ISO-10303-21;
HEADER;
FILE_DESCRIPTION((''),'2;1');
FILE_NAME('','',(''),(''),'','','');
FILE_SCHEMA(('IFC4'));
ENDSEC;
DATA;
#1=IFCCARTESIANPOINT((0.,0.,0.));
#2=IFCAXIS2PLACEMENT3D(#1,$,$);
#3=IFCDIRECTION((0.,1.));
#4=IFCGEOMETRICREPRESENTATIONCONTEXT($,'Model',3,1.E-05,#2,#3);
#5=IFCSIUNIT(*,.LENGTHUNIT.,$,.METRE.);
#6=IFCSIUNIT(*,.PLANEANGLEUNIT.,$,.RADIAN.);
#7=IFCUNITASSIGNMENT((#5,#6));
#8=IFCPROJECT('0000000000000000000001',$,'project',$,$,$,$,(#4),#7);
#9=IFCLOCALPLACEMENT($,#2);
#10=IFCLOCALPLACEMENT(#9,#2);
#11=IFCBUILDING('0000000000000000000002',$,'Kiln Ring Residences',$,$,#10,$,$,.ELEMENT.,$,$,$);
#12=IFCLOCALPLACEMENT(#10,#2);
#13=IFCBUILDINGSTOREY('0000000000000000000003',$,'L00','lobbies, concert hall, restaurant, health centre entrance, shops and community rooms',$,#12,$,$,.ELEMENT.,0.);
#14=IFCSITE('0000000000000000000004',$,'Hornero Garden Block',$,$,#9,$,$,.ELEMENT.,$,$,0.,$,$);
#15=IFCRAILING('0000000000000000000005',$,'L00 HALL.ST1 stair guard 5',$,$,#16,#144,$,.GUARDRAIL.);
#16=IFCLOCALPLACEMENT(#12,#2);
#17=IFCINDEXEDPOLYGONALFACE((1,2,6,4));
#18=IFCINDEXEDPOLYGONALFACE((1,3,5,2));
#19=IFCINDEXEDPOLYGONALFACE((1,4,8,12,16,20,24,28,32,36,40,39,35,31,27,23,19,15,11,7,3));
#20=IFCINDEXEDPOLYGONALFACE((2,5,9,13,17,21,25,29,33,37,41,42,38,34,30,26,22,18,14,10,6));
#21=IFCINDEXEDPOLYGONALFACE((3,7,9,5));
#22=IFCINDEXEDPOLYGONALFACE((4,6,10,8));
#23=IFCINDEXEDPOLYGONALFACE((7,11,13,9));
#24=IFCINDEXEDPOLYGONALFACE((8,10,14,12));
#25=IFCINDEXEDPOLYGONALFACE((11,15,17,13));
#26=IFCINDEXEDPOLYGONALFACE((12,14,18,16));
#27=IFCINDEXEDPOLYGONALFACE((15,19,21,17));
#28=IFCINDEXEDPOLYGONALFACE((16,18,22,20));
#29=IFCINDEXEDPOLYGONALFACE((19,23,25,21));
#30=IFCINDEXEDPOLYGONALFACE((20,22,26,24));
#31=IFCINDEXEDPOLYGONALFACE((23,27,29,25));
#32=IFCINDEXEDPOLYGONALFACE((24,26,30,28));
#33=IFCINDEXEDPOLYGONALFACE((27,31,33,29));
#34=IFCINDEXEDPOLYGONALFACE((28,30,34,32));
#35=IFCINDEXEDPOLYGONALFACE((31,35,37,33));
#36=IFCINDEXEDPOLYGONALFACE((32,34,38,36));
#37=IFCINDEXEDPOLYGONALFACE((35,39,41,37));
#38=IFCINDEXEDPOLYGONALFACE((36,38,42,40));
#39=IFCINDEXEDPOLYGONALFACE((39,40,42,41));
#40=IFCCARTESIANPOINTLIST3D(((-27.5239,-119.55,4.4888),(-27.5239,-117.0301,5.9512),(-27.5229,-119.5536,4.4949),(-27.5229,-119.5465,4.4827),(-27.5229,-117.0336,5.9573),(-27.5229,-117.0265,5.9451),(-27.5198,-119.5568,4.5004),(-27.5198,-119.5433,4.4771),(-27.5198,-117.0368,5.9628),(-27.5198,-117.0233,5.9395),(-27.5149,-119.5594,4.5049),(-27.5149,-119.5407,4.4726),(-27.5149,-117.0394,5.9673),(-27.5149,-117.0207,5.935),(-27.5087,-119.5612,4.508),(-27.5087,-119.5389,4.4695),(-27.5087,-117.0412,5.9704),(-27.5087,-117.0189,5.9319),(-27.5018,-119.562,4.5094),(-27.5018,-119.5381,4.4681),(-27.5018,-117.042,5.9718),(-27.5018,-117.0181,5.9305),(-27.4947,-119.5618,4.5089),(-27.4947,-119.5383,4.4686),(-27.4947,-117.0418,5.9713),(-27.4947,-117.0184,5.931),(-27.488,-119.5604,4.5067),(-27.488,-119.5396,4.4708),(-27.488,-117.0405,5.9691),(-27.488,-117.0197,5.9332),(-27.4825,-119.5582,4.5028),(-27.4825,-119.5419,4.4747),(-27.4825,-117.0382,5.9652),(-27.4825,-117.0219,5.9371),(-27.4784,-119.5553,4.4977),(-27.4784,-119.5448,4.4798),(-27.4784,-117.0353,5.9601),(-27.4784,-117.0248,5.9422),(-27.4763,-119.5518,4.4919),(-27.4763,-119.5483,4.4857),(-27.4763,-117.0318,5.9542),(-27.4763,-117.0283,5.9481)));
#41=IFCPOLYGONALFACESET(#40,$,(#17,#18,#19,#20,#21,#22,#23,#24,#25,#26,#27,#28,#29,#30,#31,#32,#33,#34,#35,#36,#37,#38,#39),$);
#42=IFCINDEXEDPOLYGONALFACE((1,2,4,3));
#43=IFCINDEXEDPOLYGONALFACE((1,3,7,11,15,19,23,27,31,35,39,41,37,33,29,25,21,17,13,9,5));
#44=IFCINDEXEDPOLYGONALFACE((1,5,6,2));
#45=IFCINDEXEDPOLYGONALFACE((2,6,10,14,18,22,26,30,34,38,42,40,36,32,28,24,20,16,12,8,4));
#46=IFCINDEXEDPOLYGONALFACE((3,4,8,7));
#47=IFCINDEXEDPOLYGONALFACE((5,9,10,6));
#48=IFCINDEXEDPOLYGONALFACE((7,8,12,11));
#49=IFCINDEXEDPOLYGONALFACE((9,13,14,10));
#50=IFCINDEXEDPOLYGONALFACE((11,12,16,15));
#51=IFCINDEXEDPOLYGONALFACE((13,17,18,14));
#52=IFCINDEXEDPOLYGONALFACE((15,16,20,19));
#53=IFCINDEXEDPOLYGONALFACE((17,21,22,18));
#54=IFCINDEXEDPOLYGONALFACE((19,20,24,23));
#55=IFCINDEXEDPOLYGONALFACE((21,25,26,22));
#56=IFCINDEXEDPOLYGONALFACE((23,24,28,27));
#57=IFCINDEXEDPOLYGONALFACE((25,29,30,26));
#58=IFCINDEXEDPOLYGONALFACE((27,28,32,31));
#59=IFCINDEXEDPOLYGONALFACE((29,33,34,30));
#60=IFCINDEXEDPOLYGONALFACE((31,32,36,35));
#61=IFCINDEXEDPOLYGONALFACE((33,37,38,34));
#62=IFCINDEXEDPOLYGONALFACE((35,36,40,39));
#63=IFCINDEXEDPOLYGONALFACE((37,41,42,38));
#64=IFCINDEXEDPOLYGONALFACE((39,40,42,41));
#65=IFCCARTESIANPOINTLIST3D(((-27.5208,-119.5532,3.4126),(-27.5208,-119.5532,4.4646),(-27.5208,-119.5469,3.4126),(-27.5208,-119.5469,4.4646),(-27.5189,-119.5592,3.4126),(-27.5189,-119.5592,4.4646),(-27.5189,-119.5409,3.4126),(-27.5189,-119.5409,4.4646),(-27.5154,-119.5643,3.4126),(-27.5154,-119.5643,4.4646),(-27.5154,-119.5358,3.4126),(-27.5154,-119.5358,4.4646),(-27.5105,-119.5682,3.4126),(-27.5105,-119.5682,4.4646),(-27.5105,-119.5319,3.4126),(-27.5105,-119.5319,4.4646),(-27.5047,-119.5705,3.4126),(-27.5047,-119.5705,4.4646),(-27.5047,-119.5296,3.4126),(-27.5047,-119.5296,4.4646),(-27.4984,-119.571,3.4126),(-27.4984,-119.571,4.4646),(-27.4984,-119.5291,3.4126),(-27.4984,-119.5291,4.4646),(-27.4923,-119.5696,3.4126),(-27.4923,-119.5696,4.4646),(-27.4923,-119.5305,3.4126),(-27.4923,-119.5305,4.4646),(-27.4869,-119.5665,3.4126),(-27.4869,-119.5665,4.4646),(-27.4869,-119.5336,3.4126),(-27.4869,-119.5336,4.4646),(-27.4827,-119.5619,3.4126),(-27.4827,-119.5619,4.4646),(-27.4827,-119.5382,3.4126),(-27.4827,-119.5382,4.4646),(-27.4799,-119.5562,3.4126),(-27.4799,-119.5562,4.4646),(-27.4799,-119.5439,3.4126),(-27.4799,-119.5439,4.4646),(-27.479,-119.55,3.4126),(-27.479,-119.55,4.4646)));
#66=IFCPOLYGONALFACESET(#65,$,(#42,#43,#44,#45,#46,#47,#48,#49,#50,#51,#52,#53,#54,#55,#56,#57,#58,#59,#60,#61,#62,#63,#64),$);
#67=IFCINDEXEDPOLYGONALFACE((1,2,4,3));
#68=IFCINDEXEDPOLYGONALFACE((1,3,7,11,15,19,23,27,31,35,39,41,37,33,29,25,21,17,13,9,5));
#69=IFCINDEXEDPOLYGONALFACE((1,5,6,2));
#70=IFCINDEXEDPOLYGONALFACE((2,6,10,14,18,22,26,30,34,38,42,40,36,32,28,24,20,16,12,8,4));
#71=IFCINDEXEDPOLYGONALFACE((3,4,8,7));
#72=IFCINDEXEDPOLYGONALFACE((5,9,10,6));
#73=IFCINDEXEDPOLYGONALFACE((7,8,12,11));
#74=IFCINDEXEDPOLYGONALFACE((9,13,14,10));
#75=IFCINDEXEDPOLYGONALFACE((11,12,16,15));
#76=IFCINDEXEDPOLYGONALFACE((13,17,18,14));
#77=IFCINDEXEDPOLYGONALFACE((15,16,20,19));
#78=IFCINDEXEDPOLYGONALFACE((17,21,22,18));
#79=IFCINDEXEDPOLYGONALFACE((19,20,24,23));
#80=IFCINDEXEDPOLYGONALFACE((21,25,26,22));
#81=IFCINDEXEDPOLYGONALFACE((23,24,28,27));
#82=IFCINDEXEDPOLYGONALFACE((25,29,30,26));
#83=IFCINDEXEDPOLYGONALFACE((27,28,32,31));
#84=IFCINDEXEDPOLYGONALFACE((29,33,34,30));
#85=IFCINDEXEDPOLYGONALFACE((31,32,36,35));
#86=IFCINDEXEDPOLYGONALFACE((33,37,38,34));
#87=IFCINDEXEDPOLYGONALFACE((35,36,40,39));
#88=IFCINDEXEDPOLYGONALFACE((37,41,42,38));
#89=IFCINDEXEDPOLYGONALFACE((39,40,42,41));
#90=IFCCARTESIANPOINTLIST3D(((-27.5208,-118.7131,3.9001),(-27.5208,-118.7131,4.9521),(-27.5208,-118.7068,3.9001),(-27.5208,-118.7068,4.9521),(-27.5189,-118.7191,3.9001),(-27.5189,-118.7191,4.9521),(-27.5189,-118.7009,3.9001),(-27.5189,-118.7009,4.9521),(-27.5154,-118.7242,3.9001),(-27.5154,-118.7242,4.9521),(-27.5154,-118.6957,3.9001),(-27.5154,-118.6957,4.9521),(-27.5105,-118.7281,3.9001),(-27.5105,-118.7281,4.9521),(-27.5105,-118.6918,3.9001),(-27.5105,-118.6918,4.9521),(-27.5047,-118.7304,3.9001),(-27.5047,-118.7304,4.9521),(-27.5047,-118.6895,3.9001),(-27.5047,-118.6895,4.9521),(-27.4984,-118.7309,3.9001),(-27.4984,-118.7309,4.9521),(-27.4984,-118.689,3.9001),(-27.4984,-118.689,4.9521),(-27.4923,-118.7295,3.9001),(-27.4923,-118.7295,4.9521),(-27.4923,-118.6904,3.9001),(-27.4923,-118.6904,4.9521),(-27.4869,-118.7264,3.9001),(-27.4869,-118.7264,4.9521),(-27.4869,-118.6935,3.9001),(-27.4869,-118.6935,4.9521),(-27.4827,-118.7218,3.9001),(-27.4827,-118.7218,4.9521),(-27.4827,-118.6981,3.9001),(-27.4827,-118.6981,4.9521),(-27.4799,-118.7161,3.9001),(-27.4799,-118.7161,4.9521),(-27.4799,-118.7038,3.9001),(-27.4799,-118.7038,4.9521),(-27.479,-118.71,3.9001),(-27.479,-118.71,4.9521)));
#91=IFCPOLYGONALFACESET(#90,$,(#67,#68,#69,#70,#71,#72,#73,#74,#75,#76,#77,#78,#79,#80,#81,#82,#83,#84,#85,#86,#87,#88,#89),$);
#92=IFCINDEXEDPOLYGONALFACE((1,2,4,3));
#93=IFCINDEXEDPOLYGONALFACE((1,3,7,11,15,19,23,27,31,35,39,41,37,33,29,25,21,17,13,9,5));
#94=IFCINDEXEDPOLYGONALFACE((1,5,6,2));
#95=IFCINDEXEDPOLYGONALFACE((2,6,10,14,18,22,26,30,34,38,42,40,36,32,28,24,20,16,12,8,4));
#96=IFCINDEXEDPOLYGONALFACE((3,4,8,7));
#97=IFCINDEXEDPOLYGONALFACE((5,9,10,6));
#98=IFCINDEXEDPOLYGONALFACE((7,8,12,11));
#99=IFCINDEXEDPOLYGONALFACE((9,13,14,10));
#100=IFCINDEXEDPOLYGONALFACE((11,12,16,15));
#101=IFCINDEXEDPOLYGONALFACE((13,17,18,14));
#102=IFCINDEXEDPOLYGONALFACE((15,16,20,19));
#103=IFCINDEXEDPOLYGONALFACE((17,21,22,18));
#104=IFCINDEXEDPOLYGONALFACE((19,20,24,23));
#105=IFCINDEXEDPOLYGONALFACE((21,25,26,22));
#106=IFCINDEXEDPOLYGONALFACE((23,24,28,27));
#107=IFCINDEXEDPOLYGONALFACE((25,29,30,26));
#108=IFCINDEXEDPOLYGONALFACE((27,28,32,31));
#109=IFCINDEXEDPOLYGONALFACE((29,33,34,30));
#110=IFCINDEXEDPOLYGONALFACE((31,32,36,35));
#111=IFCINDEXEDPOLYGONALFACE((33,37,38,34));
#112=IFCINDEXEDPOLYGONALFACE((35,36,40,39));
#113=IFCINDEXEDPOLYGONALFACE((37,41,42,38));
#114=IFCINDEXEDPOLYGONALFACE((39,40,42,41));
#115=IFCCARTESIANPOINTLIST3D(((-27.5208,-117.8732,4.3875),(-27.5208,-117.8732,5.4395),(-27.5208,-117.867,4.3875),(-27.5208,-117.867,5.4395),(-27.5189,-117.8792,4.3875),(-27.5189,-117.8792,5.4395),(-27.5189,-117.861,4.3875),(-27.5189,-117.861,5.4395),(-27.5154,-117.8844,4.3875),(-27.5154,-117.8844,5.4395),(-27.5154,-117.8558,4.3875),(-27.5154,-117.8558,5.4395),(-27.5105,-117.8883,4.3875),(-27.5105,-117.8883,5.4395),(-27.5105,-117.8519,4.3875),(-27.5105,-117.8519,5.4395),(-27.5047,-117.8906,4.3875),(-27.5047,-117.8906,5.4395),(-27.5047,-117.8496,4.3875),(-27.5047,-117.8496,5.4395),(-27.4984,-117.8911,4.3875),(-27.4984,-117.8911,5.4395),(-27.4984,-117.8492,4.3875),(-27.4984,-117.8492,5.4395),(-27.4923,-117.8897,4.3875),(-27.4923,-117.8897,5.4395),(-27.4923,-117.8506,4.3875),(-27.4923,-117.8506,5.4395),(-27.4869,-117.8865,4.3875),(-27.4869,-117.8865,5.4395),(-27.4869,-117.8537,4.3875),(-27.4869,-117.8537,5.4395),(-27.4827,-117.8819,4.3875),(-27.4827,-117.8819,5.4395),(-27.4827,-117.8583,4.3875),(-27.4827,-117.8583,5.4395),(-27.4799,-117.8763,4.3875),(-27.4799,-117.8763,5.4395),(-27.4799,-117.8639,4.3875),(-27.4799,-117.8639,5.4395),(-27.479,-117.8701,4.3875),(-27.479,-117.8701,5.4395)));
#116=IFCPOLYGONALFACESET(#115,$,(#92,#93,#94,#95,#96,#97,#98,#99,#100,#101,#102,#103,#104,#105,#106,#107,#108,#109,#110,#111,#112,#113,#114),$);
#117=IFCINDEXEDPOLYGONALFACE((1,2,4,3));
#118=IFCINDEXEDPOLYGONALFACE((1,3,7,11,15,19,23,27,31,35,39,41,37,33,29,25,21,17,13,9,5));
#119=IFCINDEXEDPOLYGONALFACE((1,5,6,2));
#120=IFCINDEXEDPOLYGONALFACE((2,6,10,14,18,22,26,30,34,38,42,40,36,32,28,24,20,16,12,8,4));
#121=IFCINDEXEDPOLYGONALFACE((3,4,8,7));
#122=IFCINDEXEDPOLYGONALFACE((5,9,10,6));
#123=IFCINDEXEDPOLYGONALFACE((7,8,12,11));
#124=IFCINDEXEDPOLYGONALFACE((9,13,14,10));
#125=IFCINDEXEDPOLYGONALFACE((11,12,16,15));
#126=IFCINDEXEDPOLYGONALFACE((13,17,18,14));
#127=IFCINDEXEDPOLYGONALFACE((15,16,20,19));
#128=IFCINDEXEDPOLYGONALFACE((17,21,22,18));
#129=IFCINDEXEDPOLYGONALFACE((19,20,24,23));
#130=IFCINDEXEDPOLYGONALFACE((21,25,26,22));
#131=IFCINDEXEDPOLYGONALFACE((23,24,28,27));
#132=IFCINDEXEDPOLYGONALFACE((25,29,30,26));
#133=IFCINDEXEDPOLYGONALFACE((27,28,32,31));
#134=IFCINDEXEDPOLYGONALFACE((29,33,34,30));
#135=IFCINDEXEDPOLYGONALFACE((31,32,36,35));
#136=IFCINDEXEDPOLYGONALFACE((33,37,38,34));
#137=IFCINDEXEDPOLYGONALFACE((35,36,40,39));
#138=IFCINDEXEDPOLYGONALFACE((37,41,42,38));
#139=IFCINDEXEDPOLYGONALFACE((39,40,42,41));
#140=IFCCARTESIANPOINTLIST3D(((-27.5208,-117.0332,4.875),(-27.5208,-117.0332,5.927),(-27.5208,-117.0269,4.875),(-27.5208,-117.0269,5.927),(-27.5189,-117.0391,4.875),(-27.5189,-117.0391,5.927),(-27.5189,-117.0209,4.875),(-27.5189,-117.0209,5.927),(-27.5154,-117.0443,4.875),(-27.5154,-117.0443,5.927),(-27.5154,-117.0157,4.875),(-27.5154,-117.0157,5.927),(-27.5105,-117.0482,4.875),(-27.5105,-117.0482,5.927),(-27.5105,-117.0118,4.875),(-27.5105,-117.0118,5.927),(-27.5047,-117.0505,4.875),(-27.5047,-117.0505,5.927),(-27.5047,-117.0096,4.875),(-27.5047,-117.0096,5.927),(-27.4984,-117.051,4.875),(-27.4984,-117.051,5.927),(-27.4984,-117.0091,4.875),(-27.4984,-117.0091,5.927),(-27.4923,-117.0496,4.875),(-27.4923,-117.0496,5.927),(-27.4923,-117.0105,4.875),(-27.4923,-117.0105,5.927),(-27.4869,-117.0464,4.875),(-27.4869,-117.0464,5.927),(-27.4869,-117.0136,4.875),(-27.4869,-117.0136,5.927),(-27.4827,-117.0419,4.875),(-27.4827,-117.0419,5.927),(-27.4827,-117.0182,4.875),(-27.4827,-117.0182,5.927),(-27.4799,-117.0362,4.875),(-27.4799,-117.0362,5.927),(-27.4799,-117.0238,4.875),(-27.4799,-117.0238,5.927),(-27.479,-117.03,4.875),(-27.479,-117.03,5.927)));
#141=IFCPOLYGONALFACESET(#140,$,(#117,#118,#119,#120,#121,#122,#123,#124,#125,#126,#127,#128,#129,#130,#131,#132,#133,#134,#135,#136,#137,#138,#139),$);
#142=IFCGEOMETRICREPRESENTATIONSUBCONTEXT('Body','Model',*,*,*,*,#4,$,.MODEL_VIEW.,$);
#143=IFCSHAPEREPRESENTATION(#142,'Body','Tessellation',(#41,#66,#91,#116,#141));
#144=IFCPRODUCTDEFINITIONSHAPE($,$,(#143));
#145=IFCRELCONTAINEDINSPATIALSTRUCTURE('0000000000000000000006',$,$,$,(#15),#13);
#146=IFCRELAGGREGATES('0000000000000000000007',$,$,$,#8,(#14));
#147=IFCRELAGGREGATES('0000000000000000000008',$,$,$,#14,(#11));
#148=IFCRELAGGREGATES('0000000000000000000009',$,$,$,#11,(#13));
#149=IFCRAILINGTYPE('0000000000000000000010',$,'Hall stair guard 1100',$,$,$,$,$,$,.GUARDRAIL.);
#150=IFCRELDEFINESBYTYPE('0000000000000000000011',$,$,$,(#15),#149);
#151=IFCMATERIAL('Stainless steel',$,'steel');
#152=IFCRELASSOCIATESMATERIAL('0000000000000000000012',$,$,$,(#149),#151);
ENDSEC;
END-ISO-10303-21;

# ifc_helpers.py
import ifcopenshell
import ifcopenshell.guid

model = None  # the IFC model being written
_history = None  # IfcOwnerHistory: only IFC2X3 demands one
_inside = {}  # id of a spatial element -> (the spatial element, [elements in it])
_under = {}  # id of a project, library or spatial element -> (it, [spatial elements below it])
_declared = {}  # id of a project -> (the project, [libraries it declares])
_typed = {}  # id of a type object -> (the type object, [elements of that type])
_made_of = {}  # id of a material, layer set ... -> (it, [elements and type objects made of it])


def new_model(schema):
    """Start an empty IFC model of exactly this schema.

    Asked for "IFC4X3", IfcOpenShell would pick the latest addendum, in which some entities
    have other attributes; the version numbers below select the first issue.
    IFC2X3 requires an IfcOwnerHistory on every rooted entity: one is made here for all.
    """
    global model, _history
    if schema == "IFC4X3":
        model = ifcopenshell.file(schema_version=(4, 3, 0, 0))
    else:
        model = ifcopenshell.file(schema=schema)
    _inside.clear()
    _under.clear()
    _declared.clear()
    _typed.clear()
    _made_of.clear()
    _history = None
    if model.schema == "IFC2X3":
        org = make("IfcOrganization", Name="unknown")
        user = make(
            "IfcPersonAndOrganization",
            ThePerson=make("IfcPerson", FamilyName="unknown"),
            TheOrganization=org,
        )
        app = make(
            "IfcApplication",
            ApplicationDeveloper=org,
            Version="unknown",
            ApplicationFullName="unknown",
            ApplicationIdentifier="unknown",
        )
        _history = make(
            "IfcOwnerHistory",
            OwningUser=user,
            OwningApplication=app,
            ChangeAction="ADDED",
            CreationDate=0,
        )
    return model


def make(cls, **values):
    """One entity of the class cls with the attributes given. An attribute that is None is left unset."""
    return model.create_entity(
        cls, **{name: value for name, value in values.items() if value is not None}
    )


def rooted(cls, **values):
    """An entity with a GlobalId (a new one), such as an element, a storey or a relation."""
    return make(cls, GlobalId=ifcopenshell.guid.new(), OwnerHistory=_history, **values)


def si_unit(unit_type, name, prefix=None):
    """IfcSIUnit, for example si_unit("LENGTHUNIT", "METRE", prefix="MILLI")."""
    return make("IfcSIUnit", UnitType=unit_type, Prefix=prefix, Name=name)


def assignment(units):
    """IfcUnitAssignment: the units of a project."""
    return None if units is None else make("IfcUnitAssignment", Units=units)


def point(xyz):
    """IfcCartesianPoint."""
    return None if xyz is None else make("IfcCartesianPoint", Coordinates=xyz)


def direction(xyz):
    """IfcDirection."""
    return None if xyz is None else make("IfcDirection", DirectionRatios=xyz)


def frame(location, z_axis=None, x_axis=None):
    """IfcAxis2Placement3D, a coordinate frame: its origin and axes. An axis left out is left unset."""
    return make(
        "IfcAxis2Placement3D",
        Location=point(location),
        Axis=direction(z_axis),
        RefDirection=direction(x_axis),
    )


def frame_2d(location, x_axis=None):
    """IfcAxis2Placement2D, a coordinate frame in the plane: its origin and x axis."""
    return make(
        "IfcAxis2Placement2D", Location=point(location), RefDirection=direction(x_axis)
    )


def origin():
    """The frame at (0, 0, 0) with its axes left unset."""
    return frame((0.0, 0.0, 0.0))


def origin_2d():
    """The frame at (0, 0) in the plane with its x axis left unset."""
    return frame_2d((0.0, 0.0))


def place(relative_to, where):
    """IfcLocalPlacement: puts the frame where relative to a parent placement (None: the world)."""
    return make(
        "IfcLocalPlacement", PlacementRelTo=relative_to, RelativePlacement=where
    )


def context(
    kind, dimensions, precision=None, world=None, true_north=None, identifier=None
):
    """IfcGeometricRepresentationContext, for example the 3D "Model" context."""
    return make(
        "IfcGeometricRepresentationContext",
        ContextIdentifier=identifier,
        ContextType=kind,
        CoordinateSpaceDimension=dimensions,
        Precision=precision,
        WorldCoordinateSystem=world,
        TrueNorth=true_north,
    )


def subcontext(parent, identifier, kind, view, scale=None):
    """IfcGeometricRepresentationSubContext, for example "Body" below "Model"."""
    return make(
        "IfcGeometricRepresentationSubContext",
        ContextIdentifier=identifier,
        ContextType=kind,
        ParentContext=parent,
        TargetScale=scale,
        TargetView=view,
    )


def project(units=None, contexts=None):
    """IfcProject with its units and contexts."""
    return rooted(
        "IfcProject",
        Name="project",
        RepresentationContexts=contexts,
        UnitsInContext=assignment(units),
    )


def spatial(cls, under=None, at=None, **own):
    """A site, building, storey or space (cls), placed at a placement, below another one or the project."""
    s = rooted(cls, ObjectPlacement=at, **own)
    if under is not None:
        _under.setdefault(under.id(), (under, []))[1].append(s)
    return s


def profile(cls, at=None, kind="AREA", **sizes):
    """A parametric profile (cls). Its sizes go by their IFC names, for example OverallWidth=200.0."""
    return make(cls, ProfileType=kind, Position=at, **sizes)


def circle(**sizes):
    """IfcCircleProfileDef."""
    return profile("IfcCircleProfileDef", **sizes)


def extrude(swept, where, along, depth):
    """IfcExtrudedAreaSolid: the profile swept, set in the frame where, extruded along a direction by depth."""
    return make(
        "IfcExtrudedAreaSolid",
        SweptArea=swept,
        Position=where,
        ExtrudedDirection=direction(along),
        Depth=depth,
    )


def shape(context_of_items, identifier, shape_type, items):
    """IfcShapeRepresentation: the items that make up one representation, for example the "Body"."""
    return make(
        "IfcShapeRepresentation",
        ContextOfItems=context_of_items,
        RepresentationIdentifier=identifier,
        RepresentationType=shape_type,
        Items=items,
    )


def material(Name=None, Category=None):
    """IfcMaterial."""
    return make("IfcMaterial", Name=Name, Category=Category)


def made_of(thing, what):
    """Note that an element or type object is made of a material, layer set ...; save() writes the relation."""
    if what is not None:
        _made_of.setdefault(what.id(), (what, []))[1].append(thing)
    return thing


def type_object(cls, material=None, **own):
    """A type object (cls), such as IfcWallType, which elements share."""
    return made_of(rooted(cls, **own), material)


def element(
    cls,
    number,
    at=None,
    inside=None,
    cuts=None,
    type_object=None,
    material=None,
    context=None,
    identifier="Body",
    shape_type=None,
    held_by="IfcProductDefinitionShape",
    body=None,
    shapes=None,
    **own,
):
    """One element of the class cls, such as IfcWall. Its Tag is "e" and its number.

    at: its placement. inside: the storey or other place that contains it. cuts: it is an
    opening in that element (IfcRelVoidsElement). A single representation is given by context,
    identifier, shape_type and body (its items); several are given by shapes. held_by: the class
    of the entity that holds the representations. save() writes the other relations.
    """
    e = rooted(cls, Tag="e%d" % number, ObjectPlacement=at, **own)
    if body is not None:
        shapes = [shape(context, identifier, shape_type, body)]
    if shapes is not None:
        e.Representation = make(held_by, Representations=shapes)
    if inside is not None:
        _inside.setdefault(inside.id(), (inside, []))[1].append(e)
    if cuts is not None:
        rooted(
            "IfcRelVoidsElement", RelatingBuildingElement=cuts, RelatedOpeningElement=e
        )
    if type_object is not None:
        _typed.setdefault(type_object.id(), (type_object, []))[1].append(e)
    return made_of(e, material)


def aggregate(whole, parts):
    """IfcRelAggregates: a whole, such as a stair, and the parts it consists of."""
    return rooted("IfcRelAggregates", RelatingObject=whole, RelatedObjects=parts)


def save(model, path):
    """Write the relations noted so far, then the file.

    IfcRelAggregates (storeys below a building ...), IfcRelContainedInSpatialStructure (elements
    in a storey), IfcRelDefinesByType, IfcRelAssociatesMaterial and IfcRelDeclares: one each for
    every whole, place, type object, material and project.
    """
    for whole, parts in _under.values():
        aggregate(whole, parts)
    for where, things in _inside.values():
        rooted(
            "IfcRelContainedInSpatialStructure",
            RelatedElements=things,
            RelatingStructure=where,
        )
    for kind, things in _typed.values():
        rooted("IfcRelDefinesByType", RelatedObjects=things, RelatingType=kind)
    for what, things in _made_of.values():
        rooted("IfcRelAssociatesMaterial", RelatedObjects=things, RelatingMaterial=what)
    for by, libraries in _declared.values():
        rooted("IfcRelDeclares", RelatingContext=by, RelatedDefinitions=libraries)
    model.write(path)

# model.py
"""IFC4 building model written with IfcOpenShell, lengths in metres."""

from ifc_helpers import new_model, si_unit, direction, frame, origin, origin_2d, place, context, subcontext, project, spatial, circle, extrude, material, type_object, element, save


model = new_model("IFC4")

# Units and contexts
model_context = context("Model", 3, precision=1e-05, world=origin(), true_north=direction((0.0, 1.0)))
body_context = subcontext(model_context, "Body", "Model", "MODEL_VIEW")
ifc_project = project(units=[si_unit("LENGTHUNIT", "METRE"), si_unit("PLANEANGLEUNIT", "RADIAN")], contexts=[model_context])

# Site, building, storey
site_placement = place(None, origin())
site = spatial("IfcSite", under=ifc_project, at=site_placement, Name="Hornero Garden Block", CompositionType="ELEMENT", RefElevation=0.0)
building_placement = place(site_placement, origin())
building = spatial("IfcBuilding", under=site, at=building_placement, Name="Kiln Ring Residences", CompositionType="ELEMENT")
storey_placement = place(building_placement, origin())
storey = spatial("IfcBuildingStorey", under=building, at=storey_placement, Name="L00", Description="lobbies, concert hall, restaurant, health centre entrance, shops and community rooms", CompositionType="ELEMENT", Elevation=0.0)

# Railing
ifc_material_1 = material(Name="Stainless steel", Category="steel")
railing_type_1 = type_object("IfcRailingType", Name="Hall stair guard 1100", PredefinedType="GUARDRAIL", material=ifc_material_1)
for number, where, name in (
    (1, (-27.5, -119.55, 3.4126), "L00 HALL.ST1 stair guard 5"),
):
    element("IfcRailing", number, at=place(storey_placement, frame(where)), inside=storey, type_object=railing_type_1, Name=name, PredefinedType="GUARDRAIL", context=body_context, shape_type="SweptSolid", body=[
        extrude(circle(Radius=0.0239, at=origin_2d()), frame((0.0, 0.0, 1.0762), z_axis=(0.0, 0.864913, 0.501921), x_axis=(-1.0, 0.0, 0.0)), (0.0, 0.0, 1.0), 2.9136),
        extrude(circle(Radius=0.021, at=origin_2d()), origin(), (0.0, 0.0, 1.0), 1.052),
        extrude(circle(Radius=0.021, at=origin_2d()), frame((0.0, 0.8401, 0.4875)), (0.0, 0.0, 1.0), 1.052),
        extrude(circle(Radius=0.021, at=origin_2d()), frame((0.0, 1.6799, 0.9749)), (0.0, 0.0, 1.0), 1.052),
        extrude(circle(Radius=0.021, at=origin_2d()), frame((0.0, 2.52, 1.4624)), (0.0, 0.0, 1.0), 1.052),
    ])

save(model, "model.ifc")
